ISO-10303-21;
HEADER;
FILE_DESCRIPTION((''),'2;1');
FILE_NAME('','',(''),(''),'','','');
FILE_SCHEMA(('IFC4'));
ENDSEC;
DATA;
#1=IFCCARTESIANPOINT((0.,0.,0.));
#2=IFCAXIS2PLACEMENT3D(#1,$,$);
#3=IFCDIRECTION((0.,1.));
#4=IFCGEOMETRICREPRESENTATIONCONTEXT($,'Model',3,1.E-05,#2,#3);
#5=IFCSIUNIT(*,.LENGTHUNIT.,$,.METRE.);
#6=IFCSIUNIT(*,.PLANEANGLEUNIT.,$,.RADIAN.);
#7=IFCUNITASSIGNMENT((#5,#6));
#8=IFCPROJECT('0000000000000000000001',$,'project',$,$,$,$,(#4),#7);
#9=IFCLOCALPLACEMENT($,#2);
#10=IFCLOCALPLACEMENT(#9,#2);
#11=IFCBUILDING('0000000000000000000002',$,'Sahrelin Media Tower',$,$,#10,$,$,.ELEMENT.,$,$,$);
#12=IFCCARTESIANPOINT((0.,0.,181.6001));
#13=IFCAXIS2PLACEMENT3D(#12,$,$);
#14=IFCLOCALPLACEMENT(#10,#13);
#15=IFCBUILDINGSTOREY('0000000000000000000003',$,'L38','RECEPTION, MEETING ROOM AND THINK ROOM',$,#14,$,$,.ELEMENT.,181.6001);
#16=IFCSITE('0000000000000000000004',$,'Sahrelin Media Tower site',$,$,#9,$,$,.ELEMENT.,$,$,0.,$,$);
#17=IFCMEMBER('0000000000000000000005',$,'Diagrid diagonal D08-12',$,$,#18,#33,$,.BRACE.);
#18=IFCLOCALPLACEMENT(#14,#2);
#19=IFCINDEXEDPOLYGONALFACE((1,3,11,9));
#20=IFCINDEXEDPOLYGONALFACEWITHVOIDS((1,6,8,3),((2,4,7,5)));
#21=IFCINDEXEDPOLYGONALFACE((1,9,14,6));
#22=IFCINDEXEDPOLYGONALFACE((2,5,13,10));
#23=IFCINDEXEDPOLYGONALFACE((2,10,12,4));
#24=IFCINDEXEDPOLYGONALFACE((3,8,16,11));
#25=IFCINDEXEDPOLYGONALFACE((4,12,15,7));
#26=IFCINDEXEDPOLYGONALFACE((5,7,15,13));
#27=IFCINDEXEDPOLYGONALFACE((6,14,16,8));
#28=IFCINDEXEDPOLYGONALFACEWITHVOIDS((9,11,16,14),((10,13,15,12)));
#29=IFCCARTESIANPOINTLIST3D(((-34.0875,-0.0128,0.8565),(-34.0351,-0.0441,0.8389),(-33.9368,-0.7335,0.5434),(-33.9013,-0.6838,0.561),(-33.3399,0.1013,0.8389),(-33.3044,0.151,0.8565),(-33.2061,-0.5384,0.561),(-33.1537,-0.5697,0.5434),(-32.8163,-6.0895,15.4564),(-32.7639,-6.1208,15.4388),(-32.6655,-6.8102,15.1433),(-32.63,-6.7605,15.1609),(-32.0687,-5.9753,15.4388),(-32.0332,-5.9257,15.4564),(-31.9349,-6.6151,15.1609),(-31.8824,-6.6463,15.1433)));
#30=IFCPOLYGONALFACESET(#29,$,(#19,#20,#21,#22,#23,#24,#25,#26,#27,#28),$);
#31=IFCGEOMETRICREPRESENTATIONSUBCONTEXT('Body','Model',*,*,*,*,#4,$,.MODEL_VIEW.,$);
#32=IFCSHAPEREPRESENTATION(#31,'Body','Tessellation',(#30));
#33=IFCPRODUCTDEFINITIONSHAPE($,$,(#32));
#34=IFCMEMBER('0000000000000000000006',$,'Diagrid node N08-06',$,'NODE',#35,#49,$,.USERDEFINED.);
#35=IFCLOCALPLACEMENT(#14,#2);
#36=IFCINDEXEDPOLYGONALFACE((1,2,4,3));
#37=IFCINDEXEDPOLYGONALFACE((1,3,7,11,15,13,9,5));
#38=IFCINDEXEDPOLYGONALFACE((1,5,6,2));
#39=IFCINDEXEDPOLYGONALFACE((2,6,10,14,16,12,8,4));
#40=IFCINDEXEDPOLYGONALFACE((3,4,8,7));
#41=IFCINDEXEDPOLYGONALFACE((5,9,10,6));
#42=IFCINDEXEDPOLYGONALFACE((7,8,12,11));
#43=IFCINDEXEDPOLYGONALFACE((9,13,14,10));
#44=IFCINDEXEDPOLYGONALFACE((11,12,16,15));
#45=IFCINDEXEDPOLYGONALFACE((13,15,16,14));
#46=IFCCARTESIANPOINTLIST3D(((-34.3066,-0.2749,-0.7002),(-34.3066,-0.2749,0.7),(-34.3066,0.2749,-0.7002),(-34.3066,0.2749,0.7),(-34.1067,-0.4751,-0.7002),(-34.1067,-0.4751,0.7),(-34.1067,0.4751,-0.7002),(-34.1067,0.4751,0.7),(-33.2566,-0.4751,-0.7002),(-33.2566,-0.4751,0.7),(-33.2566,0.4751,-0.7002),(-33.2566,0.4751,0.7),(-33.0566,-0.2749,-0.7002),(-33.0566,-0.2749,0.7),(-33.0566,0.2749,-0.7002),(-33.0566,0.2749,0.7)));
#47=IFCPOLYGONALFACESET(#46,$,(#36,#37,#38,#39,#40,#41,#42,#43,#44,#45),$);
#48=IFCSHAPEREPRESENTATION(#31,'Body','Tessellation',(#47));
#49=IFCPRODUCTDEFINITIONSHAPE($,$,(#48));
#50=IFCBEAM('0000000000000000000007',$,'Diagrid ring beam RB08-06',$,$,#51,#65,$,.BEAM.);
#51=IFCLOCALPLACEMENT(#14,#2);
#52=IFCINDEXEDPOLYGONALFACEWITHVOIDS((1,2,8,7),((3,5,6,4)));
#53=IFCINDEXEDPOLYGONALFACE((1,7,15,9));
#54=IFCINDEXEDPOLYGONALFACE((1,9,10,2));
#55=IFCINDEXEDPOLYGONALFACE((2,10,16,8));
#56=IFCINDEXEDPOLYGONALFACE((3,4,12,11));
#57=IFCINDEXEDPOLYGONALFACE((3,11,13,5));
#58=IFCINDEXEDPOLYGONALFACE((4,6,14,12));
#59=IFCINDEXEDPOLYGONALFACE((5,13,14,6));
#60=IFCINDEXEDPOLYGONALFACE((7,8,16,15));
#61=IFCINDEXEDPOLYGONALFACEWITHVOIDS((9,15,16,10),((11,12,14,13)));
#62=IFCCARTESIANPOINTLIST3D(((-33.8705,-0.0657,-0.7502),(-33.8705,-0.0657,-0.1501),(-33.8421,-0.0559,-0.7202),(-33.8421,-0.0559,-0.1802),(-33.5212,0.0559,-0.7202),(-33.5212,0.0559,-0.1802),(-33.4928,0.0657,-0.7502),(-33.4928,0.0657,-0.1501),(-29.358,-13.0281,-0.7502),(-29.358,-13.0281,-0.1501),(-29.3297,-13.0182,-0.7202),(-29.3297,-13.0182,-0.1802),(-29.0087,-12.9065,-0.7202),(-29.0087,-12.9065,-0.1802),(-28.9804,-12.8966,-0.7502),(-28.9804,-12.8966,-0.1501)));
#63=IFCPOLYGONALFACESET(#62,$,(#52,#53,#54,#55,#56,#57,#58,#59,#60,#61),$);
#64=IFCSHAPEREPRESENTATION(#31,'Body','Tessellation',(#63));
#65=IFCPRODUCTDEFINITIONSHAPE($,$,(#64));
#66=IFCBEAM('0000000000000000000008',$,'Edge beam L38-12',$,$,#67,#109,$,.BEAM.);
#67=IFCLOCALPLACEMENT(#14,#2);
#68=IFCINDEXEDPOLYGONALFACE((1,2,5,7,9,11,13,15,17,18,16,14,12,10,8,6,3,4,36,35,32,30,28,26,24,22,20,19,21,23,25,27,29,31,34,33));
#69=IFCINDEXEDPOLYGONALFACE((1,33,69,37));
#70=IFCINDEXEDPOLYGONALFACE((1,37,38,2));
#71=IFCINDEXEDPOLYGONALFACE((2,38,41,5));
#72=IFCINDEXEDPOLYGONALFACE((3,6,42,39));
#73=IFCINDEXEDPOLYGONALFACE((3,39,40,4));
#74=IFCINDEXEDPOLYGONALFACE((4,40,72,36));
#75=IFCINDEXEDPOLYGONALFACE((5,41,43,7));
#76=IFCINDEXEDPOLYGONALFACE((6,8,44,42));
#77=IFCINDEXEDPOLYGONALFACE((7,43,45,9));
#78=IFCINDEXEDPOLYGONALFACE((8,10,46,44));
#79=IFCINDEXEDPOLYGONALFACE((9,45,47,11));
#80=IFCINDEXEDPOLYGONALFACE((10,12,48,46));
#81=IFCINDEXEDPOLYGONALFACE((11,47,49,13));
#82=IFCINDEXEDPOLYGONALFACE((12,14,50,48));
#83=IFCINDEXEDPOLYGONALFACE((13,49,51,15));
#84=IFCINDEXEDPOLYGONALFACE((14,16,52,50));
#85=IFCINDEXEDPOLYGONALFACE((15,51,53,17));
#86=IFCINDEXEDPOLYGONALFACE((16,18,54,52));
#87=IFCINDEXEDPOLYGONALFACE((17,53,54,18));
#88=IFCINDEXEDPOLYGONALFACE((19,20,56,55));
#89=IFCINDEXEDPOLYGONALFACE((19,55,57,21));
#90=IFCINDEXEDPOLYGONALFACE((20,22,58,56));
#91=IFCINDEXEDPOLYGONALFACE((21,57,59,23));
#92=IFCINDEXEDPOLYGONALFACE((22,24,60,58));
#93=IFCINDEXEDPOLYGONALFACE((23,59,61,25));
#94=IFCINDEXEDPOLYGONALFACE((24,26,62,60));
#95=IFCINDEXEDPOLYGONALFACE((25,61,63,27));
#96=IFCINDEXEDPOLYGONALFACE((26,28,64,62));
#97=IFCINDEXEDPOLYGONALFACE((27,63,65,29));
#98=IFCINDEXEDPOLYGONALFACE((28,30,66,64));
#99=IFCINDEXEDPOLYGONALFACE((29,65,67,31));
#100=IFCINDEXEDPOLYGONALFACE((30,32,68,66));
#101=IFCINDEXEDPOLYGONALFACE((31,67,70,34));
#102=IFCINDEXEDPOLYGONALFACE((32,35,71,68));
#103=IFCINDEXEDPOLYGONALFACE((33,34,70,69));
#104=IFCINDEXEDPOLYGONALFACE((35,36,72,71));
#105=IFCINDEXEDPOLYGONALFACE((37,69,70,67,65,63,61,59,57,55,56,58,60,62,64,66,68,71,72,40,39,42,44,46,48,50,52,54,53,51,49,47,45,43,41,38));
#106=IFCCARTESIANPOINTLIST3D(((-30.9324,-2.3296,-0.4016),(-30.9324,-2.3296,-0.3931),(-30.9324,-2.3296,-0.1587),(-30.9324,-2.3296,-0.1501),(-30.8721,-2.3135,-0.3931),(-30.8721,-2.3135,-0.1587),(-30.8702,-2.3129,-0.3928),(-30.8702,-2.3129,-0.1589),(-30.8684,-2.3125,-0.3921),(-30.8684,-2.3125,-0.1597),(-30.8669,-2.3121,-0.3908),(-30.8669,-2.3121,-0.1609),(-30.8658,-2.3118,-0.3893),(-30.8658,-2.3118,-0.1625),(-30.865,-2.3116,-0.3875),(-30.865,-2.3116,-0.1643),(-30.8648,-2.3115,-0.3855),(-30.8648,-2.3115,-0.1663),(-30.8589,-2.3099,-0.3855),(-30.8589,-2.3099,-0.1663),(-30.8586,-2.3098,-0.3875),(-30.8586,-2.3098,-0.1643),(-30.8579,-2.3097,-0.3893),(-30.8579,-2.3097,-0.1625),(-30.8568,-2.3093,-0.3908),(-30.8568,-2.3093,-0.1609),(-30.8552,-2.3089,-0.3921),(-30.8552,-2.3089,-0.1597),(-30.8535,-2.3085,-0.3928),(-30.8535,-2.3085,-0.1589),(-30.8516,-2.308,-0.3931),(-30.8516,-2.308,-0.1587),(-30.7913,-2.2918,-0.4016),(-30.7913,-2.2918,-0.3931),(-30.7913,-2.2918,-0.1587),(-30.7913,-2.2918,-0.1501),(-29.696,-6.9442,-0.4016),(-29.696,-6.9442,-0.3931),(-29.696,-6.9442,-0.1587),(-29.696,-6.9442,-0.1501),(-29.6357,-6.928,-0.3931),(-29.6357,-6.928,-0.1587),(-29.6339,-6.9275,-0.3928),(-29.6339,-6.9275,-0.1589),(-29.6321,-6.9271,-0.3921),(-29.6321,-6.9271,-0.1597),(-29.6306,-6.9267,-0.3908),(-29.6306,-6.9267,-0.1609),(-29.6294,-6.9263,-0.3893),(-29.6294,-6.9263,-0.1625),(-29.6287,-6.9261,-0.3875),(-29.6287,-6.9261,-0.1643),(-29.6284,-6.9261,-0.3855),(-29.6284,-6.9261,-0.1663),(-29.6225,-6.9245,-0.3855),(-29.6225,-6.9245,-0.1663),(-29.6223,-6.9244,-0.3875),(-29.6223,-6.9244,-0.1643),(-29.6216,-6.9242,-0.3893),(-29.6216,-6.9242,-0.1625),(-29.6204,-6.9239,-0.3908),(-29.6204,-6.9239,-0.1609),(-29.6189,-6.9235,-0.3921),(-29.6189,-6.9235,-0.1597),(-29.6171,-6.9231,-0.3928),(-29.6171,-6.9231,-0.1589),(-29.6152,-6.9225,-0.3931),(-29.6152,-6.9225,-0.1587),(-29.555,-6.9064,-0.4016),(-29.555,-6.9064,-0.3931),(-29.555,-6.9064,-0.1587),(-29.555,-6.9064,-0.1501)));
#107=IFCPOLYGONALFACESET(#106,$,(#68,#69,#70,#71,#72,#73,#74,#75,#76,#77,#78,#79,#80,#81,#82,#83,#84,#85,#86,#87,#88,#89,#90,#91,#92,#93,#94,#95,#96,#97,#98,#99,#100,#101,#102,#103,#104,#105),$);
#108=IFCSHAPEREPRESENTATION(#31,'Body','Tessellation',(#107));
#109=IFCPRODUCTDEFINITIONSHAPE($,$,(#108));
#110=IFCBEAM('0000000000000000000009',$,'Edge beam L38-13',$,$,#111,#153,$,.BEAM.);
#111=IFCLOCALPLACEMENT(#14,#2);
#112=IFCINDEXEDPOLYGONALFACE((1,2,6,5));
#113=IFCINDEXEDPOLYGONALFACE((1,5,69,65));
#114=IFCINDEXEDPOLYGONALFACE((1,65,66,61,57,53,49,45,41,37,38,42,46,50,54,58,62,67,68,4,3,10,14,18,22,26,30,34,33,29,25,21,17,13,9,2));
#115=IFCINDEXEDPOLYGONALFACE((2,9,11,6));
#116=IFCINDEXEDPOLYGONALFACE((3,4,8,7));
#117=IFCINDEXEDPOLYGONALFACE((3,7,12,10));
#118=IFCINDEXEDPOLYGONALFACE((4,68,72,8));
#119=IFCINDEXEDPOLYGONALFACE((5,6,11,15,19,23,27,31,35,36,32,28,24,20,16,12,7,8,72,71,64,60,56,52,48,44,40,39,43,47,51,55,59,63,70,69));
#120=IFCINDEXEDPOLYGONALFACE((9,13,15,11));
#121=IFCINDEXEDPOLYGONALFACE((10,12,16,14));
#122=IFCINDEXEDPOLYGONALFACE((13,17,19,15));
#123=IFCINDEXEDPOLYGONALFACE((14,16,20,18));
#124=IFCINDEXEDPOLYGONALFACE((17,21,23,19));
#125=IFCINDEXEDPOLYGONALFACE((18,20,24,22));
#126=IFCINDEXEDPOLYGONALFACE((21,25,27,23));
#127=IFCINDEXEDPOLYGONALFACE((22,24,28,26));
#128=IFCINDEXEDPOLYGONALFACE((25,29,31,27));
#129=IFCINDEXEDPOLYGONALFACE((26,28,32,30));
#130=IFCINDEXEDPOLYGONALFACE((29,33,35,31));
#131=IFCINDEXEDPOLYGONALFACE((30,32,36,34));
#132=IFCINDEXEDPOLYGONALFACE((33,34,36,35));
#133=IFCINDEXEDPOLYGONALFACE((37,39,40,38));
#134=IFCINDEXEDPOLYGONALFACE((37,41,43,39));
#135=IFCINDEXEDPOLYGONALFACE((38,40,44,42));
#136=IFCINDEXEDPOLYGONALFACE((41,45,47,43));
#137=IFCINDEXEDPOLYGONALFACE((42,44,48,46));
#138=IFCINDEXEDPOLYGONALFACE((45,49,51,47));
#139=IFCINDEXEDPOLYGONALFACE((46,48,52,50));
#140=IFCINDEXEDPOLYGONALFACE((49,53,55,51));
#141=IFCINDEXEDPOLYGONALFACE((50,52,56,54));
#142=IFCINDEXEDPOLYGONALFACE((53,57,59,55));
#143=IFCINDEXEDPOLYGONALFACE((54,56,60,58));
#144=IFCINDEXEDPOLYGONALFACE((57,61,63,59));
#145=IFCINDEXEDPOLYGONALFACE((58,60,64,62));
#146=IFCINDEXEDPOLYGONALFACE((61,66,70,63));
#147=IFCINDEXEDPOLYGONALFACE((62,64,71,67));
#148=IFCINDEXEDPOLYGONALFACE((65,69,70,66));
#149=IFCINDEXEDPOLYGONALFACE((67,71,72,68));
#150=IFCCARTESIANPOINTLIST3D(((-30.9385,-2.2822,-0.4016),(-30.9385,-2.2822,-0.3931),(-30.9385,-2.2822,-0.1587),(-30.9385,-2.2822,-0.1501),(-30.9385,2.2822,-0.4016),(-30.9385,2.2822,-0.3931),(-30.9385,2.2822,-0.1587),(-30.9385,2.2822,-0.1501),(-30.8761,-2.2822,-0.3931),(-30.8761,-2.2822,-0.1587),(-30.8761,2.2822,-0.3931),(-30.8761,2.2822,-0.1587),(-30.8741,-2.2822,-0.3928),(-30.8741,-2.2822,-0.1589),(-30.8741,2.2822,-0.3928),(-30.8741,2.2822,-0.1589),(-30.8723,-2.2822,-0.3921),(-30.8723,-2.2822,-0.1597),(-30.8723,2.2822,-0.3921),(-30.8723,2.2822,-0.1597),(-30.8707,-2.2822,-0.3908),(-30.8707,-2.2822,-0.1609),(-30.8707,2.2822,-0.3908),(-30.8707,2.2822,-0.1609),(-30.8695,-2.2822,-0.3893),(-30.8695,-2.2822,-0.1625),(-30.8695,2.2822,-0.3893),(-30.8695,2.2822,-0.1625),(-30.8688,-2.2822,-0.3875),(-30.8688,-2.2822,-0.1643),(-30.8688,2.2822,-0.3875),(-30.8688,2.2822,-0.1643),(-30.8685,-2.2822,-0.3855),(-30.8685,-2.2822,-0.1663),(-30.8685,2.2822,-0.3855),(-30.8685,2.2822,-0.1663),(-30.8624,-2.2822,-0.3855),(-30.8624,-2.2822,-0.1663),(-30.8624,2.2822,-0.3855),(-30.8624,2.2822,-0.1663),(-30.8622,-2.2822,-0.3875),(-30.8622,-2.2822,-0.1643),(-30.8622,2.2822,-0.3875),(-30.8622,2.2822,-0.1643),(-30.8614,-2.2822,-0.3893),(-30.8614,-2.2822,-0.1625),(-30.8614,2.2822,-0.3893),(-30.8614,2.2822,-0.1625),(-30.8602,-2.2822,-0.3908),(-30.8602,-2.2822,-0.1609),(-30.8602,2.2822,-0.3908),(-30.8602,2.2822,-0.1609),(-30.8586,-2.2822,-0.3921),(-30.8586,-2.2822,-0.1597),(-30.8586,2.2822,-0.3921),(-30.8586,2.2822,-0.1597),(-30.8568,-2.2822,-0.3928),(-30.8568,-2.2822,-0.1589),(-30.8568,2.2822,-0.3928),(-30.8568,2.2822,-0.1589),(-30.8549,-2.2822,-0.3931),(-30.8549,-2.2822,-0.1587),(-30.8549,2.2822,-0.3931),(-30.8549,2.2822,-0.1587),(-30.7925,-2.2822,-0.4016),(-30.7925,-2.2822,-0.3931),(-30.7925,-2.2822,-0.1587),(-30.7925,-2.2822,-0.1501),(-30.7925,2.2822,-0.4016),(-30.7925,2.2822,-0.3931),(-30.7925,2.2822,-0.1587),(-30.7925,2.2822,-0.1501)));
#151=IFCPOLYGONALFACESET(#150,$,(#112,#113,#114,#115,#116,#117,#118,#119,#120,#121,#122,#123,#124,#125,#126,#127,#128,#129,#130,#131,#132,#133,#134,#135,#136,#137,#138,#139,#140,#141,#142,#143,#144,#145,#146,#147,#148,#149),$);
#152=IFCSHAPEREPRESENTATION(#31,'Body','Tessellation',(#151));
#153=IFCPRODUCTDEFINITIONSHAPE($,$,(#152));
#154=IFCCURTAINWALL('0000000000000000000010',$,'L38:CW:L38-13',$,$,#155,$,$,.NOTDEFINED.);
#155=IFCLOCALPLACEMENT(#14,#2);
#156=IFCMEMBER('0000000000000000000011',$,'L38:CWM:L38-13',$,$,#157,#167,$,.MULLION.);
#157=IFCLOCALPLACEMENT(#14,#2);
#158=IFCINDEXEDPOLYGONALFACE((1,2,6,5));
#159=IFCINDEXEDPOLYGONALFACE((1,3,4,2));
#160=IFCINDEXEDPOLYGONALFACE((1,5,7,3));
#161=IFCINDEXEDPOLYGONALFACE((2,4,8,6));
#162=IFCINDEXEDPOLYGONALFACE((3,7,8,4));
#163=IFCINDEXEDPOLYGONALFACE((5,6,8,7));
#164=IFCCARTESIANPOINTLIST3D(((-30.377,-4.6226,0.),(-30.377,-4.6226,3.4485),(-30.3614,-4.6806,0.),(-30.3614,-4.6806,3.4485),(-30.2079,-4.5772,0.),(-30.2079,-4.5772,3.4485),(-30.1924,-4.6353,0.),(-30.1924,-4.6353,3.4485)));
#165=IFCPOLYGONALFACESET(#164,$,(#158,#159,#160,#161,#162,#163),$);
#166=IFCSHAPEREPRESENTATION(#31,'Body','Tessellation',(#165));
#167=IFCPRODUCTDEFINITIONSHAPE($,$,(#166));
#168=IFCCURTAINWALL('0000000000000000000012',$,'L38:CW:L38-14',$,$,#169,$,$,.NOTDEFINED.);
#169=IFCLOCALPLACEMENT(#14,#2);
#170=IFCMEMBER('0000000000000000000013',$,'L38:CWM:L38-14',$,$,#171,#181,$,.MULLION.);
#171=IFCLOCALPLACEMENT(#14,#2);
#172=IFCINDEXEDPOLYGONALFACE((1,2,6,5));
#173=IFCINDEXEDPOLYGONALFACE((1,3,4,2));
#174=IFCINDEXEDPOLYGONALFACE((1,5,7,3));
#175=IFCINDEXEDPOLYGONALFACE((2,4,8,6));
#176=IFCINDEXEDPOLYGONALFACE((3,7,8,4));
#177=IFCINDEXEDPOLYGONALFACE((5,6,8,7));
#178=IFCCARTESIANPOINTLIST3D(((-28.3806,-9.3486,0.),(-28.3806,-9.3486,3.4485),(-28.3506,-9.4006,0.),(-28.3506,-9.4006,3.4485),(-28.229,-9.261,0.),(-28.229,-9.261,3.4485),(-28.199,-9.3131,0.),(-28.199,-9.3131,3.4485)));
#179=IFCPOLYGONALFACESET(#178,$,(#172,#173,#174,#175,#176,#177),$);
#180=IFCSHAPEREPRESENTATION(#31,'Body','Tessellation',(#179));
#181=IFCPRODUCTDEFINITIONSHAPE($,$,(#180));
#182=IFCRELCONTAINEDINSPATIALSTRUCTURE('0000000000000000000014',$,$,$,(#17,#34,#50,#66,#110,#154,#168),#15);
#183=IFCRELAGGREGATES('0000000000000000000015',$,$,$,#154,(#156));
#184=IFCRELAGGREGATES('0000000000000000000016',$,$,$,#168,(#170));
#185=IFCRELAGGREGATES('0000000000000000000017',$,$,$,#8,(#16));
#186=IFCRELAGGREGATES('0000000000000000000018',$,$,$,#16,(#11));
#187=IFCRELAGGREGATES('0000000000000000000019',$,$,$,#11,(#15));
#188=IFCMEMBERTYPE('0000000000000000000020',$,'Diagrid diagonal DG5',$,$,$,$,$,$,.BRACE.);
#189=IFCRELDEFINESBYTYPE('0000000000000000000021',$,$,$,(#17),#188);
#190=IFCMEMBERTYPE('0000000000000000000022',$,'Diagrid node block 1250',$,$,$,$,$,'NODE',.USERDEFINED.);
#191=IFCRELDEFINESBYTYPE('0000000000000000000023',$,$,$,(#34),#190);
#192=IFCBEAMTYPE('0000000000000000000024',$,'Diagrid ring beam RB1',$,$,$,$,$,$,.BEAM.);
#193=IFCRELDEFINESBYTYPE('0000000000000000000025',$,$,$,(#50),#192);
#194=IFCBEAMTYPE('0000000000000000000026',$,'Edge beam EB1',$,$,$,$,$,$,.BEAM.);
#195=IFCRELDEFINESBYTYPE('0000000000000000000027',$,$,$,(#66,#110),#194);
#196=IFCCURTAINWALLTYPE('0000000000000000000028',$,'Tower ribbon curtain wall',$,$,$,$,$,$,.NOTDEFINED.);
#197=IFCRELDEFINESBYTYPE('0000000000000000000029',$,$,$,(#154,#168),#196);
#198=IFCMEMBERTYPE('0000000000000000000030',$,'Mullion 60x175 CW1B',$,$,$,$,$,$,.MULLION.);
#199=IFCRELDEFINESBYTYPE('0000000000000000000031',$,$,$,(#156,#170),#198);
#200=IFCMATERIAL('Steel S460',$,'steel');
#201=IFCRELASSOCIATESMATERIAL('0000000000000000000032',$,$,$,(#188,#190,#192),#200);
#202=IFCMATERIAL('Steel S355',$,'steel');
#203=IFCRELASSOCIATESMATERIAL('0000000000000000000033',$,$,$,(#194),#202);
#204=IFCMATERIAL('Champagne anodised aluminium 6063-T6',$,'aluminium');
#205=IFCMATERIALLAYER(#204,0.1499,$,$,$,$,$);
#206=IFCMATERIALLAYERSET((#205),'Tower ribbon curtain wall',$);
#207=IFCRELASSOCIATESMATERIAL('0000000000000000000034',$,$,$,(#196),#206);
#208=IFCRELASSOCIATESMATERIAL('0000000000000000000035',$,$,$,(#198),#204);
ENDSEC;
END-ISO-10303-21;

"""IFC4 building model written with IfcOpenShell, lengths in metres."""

from ifc_helpers import new_model, si_unit, direction, frame, origin, origin_2d, place, context, subcontext, project, spatial, polyline, rectangle, hollow_rectangle, i_section, outline, extrude, material, layer, layer_set, material_profile, profile_set, type_object, element, aggregate, save


model = new_model("IFC4")

# Units and contexts
model_context = context("Model", 3, precision=1e-05, world=origin(), true_north=direction((0.0, 1.0)))
body_context = subcontext(model_context, "Body", "Model", "MODEL_VIEW")
ifc_project = project(units=[si_unit("LENGTHUNIT", "METRE"), si_unit("PLANEANGLEUNIT", "RADIAN")], contexts=[model_context])

# Site, building, storey
site_placement = place(None, origin())
site = spatial("IfcSite", under=ifc_project, at=site_placement, Name="Sahrelin Media Tower site", CompositionType="ELEMENT", RefElevation=0.0)
building_placement = place(site_placement, origin())
building = spatial("IfcBuilding", under=site, at=building_placement, Name="Sahrelin Media Tower", CompositionType="ELEMENT")
storey_placement = place(building_placement, frame((0.0, 0.0, 181.6001)))
storey = spatial("IfcBuildingStorey", under=building, at=storey_placement, Name="L38", Description="RECEPTION, MEETING ROOM AND THINK ROOM", CompositionType="ELEMENT", Elevation=181.6001)

# Members
ifc_material_1 = material(Name="Steel S460", Category="steel")
ifc_material_profile_1 = material_profile(ifc_material_1, hollow_rectangle(XDim=0.8, YDim=0.8, WallThickness=0.0449, at=origin_2d()), Name="Diagrid diagonal DG5")
ifc_profile_set_1 = profile_set([ifc_material_profile_1], Name="Steel S460")
member_type_1 = type_object("IfcMemberType", Name="Diagrid diagonal DG5", PredefinedType="BRACE", material=ifc_profile_set_1)
member_1_placement = place(storey_placement, frame((-33.6206, -0.2913, 0.7), z_axis=(0.080129, -0.383024, 0.920257), x_axis=(0.978811, 0.204768, 0.0)))
element("IfcMember", 1, at=member_1_placement, inside=storey, type_object=member_type_1, Name="Diagrid diagonal D08-12", PredefinedType="BRACE", context=body_context, shape_type="SweptSolid", body=[
    extrude(hollow_rectangle(XDim=0.8, YDim=0.8, WallThickness=0.0449, at=origin_2d()), origin(), (0.0, 0.0, 1.0), 15.865),
])
ifc_material_profile_2 = material_profile(ifc_material_1, outline(polyline([(0.425, -0.4751), (0.625, -0.2749), (0.625, 0.2749), (0.425, 0.4751), (-0.425, 0.4751), (-0.625, 0.2749), (-0.625, -0.2749), (-0.425, -0.4751), (0.425, -0.4751)])), Name="Diagrid node block 1250")
ifc_profile_set_2 = profile_set([ifc_material_profile_2], Name="Steel S460")
member_type_2 = type_object("IfcMemberType", Name="Diagrid node block 1250", ElementType="NODE", PredefinedType="USERDEFINED", material=ifc_profile_set_2)
member_2_placement = place(storey_placement, frame((-33.6816, 0.0, -0.7002), z_axis=(0.0, 0.0, 1.0), x_axis=(-1.0, 0.0, 0.0)))
element("IfcMember", 2, at=member_2_placement, inside=storey, type_object=member_type_2, Name="Diagrid node N08-06", ObjectType="NODE", PredefinedType="USERDEFINED", context=body_context, shape_type="SweptSolid", body=[
    extrude(outline(polyline([(0.425, -0.4751), (0.625, -0.2749), (0.625, 0.2749), (0.425, 0.4751), (-0.425, 0.4751), (-0.625, 0.2749), (-0.625, -0.2749), (-0.425, -0.4751), (0.425, -0.4751)])), origin(), (0.0, 0.0, 1.0), 1.4001),
])

# Beams
ifc_material_profile_3 = material_profile(ifc_material_1, hollow_rectangle(XDim=0.3999, YDim=0.6001, WallThickness=0.03, at=origin_2d()), Name="Diagrid ring beam RB1")
ifc_profile_set_3 = profile_set([ifc_material_profile_3], Name="Steel S460")
beam_type_1 = type_object("IfcBeamType", Name="Diagrid ring beam RB1", PredefinedType="BEAM", material=ifc_profile_set_3)
beam_1_placement = place(storey_placement, frame((-33.6816, 0.0, -0.4502), z_axis=(0.328767, -0.944411, 0.0), x_axis=(0.944411, 0.328767, 0.0)))
element("IfcBeam", 3, at=beam_1_placement, inside=storey, type_object=beam_type_1, Name="Diagrid ring beam RB08-06", PredefinedType="BEAM", context=body_context, shape_type="SweptSolid", body=[
    extrude(hollow_rectangle(XDim=0.3999, YDim=0.6001, WallThickness=0.03, at=origin_2d()), origin(), (0.0, 0.0, 1.0), 13.7253),
])
ifc_material_2 = material(Name="Steel S355", Category="steel")
ifc_material_profile_4 = material_profile(ifc_material_2, i_section(OverallWidth=0.146, OverallDepth=0.2515, WebThickness=0.0061, FlangeThickness=0.0085, FilletRadius=0.0076, at=origin_2d()), Name="UB 254x146x31")
ifc_profile_set_4 = profile_set([ifc_material_profile_4], Name="Steel S355")
beam_type_2 = type_object("IfcBeamType", Name="Edge beam EB1", PredefinedType="BEAM", material=ifc_profile_set_4)
beam_2_placement = place(storey_placement, frame((-29.6255, -6.9253, -0.2759), z_axis=(-0.258795, 0.965932, 0.0), x_axis=(-0.965932, -0.258795, 0.0)))
element("IfcBeam", 4, at=beam_2_placement, inside=storey, type_object=beam_type_2, Name="Edge beam L38-12", PredefinedType="BEAM", context=body_context, shape_type="SweptSolid", body=[
    extrude(i_section(OverallWidth=0.146, OverallDepth=0.2515, WebThickness=0.0061, FlangeThickness=0.0085, FilletRadius=0.0076, at=origin_2d()), origin(), (0.0, 0.0, 1.0), 4.7773),
])
beam_3_placement = place(storey_placement, frame((-30.8655, -2.2822, -0.2759), z_axis=(0.0, 1.0, 0.0), x_axis=(-1.0, 0.0, 0.0)))
element("IfcBeam", 5, at=beam_3_placement, inside=storey, type_object=beam_type_2, Name="Edge beam L38-13", PredefinedType="BEAM", context=body_context, shape_type="SweptSolid", body=[
    extrude(i_section(OverallWidth=0.146, OverallDepth=0.2515, WebThickness=0.0061, FlangeThickness=0.0085, FilletRadius=0.0076, at=origin_2d()), origin(), (0.0, 0.0, 1.0), 4.5645),
])

# Curtain walls, members
ifc_material_3 = material(Name="Champagne anodised aluminium 6063-T6", Category="aluminium")
ifc_layer_1 = layer(ifc_material_3, 0.1499)
ifc_layer_set_1 = layer_set([ifc_layer_1], Name="Tower ribbon curtain wall")
curtain_wall_type = type_object("IfcCurtainWallType", Name="Tower ribbon curtain wall", PredefinedType="NOTDEFINED", material=ifc_layer_set_1)
curtain_wall_1_placement = place(storey_placement, frame((-30.3884, -4.6567, 0.0), z_axis=(0.0, 0.0, 1.0), x_axis=(1.0, 0.0, 0.0)))
curtain_wall_1 = element("IfcCurtainWall", 6, at=curtain_wall_1_placement, inside=storey, type_object=curtain_wall_type, Name="L38:CW:L38-13", PredefinedType="NOTDEFINED")
ifc_material_profile_5 = material_profile(ifc_material_3, rectangle(XDim=0.0601, YDim=0.175, at=origin_2d()), Name="Mullion 60x175")
ifc_profile_set_5 = profile_set([ifc_material_profile_5], Name="Champagne anodised aluminium 6063-T6")
member_type_3 = type_object("IfcMemberType", Name="Mullion 60x175 CW1B", PredefinedType="MULLION", material=ifc_profile_set_5)
member_3_placement = place(storey_placement, frame((-30.2847, -4.6289, 0.0), z_axis=(0.0, 0.0, 1.0), x_axis=(0.258831, -0.965923, 0.0)))
member_3 = element("IfcMember", 7, at=member_3_placement, type_object=member_type_3, Name="L38:CWM:L38-13", PredefinedType="MULLION", context=body_context, shape_type="SweptSolid", body=[
    extrude(rectangle(XDim=0.0601, YDim=0.175, at=origin_2d()), origin(), (0.0, 0.0, 1.0), 3.4485),
])
curtain_wall_2_placement = place(storey_placement, frame((-28.3831, -9.3848, 0.0), z_axis=(0.0, 0.0, 1.0), x_axis=(1.0, 0.0, 0.0)))
curtain_wall_2 = element("IfcCurtainWall", 8, at=curtain_wall_2_placement, inside=storey, type_object=curtain_wall_type, Name="L38:CW:L38-14", PredefinedType="NOTDEFINED")
member_4_placement = place(storey_placement, frame((-28.2898, -9.3308, 0.0), z_axis=(0.0, 0.0, 1.0), x_axis=(0.5, -0.866025, 0.0)))
member_4 = element("IfcMember", 9, at=member_4_placement, type_object=member_type_3, Name="L38:CWM:L38-14", PredefinedType="MULLION", context=body_context, shape_type="SweptSolid", body=[
    extrude(rectangle(XDim=0.0601, YDim=0.175, at=origin_2d()), origin(), (0.0, 0.0, 1.0), 3.4485),
])

aggregate(curtain_wall_1, [member_3])
aggregate(curtain_wall_2, [member_4])

save(model, "model.ifc")
